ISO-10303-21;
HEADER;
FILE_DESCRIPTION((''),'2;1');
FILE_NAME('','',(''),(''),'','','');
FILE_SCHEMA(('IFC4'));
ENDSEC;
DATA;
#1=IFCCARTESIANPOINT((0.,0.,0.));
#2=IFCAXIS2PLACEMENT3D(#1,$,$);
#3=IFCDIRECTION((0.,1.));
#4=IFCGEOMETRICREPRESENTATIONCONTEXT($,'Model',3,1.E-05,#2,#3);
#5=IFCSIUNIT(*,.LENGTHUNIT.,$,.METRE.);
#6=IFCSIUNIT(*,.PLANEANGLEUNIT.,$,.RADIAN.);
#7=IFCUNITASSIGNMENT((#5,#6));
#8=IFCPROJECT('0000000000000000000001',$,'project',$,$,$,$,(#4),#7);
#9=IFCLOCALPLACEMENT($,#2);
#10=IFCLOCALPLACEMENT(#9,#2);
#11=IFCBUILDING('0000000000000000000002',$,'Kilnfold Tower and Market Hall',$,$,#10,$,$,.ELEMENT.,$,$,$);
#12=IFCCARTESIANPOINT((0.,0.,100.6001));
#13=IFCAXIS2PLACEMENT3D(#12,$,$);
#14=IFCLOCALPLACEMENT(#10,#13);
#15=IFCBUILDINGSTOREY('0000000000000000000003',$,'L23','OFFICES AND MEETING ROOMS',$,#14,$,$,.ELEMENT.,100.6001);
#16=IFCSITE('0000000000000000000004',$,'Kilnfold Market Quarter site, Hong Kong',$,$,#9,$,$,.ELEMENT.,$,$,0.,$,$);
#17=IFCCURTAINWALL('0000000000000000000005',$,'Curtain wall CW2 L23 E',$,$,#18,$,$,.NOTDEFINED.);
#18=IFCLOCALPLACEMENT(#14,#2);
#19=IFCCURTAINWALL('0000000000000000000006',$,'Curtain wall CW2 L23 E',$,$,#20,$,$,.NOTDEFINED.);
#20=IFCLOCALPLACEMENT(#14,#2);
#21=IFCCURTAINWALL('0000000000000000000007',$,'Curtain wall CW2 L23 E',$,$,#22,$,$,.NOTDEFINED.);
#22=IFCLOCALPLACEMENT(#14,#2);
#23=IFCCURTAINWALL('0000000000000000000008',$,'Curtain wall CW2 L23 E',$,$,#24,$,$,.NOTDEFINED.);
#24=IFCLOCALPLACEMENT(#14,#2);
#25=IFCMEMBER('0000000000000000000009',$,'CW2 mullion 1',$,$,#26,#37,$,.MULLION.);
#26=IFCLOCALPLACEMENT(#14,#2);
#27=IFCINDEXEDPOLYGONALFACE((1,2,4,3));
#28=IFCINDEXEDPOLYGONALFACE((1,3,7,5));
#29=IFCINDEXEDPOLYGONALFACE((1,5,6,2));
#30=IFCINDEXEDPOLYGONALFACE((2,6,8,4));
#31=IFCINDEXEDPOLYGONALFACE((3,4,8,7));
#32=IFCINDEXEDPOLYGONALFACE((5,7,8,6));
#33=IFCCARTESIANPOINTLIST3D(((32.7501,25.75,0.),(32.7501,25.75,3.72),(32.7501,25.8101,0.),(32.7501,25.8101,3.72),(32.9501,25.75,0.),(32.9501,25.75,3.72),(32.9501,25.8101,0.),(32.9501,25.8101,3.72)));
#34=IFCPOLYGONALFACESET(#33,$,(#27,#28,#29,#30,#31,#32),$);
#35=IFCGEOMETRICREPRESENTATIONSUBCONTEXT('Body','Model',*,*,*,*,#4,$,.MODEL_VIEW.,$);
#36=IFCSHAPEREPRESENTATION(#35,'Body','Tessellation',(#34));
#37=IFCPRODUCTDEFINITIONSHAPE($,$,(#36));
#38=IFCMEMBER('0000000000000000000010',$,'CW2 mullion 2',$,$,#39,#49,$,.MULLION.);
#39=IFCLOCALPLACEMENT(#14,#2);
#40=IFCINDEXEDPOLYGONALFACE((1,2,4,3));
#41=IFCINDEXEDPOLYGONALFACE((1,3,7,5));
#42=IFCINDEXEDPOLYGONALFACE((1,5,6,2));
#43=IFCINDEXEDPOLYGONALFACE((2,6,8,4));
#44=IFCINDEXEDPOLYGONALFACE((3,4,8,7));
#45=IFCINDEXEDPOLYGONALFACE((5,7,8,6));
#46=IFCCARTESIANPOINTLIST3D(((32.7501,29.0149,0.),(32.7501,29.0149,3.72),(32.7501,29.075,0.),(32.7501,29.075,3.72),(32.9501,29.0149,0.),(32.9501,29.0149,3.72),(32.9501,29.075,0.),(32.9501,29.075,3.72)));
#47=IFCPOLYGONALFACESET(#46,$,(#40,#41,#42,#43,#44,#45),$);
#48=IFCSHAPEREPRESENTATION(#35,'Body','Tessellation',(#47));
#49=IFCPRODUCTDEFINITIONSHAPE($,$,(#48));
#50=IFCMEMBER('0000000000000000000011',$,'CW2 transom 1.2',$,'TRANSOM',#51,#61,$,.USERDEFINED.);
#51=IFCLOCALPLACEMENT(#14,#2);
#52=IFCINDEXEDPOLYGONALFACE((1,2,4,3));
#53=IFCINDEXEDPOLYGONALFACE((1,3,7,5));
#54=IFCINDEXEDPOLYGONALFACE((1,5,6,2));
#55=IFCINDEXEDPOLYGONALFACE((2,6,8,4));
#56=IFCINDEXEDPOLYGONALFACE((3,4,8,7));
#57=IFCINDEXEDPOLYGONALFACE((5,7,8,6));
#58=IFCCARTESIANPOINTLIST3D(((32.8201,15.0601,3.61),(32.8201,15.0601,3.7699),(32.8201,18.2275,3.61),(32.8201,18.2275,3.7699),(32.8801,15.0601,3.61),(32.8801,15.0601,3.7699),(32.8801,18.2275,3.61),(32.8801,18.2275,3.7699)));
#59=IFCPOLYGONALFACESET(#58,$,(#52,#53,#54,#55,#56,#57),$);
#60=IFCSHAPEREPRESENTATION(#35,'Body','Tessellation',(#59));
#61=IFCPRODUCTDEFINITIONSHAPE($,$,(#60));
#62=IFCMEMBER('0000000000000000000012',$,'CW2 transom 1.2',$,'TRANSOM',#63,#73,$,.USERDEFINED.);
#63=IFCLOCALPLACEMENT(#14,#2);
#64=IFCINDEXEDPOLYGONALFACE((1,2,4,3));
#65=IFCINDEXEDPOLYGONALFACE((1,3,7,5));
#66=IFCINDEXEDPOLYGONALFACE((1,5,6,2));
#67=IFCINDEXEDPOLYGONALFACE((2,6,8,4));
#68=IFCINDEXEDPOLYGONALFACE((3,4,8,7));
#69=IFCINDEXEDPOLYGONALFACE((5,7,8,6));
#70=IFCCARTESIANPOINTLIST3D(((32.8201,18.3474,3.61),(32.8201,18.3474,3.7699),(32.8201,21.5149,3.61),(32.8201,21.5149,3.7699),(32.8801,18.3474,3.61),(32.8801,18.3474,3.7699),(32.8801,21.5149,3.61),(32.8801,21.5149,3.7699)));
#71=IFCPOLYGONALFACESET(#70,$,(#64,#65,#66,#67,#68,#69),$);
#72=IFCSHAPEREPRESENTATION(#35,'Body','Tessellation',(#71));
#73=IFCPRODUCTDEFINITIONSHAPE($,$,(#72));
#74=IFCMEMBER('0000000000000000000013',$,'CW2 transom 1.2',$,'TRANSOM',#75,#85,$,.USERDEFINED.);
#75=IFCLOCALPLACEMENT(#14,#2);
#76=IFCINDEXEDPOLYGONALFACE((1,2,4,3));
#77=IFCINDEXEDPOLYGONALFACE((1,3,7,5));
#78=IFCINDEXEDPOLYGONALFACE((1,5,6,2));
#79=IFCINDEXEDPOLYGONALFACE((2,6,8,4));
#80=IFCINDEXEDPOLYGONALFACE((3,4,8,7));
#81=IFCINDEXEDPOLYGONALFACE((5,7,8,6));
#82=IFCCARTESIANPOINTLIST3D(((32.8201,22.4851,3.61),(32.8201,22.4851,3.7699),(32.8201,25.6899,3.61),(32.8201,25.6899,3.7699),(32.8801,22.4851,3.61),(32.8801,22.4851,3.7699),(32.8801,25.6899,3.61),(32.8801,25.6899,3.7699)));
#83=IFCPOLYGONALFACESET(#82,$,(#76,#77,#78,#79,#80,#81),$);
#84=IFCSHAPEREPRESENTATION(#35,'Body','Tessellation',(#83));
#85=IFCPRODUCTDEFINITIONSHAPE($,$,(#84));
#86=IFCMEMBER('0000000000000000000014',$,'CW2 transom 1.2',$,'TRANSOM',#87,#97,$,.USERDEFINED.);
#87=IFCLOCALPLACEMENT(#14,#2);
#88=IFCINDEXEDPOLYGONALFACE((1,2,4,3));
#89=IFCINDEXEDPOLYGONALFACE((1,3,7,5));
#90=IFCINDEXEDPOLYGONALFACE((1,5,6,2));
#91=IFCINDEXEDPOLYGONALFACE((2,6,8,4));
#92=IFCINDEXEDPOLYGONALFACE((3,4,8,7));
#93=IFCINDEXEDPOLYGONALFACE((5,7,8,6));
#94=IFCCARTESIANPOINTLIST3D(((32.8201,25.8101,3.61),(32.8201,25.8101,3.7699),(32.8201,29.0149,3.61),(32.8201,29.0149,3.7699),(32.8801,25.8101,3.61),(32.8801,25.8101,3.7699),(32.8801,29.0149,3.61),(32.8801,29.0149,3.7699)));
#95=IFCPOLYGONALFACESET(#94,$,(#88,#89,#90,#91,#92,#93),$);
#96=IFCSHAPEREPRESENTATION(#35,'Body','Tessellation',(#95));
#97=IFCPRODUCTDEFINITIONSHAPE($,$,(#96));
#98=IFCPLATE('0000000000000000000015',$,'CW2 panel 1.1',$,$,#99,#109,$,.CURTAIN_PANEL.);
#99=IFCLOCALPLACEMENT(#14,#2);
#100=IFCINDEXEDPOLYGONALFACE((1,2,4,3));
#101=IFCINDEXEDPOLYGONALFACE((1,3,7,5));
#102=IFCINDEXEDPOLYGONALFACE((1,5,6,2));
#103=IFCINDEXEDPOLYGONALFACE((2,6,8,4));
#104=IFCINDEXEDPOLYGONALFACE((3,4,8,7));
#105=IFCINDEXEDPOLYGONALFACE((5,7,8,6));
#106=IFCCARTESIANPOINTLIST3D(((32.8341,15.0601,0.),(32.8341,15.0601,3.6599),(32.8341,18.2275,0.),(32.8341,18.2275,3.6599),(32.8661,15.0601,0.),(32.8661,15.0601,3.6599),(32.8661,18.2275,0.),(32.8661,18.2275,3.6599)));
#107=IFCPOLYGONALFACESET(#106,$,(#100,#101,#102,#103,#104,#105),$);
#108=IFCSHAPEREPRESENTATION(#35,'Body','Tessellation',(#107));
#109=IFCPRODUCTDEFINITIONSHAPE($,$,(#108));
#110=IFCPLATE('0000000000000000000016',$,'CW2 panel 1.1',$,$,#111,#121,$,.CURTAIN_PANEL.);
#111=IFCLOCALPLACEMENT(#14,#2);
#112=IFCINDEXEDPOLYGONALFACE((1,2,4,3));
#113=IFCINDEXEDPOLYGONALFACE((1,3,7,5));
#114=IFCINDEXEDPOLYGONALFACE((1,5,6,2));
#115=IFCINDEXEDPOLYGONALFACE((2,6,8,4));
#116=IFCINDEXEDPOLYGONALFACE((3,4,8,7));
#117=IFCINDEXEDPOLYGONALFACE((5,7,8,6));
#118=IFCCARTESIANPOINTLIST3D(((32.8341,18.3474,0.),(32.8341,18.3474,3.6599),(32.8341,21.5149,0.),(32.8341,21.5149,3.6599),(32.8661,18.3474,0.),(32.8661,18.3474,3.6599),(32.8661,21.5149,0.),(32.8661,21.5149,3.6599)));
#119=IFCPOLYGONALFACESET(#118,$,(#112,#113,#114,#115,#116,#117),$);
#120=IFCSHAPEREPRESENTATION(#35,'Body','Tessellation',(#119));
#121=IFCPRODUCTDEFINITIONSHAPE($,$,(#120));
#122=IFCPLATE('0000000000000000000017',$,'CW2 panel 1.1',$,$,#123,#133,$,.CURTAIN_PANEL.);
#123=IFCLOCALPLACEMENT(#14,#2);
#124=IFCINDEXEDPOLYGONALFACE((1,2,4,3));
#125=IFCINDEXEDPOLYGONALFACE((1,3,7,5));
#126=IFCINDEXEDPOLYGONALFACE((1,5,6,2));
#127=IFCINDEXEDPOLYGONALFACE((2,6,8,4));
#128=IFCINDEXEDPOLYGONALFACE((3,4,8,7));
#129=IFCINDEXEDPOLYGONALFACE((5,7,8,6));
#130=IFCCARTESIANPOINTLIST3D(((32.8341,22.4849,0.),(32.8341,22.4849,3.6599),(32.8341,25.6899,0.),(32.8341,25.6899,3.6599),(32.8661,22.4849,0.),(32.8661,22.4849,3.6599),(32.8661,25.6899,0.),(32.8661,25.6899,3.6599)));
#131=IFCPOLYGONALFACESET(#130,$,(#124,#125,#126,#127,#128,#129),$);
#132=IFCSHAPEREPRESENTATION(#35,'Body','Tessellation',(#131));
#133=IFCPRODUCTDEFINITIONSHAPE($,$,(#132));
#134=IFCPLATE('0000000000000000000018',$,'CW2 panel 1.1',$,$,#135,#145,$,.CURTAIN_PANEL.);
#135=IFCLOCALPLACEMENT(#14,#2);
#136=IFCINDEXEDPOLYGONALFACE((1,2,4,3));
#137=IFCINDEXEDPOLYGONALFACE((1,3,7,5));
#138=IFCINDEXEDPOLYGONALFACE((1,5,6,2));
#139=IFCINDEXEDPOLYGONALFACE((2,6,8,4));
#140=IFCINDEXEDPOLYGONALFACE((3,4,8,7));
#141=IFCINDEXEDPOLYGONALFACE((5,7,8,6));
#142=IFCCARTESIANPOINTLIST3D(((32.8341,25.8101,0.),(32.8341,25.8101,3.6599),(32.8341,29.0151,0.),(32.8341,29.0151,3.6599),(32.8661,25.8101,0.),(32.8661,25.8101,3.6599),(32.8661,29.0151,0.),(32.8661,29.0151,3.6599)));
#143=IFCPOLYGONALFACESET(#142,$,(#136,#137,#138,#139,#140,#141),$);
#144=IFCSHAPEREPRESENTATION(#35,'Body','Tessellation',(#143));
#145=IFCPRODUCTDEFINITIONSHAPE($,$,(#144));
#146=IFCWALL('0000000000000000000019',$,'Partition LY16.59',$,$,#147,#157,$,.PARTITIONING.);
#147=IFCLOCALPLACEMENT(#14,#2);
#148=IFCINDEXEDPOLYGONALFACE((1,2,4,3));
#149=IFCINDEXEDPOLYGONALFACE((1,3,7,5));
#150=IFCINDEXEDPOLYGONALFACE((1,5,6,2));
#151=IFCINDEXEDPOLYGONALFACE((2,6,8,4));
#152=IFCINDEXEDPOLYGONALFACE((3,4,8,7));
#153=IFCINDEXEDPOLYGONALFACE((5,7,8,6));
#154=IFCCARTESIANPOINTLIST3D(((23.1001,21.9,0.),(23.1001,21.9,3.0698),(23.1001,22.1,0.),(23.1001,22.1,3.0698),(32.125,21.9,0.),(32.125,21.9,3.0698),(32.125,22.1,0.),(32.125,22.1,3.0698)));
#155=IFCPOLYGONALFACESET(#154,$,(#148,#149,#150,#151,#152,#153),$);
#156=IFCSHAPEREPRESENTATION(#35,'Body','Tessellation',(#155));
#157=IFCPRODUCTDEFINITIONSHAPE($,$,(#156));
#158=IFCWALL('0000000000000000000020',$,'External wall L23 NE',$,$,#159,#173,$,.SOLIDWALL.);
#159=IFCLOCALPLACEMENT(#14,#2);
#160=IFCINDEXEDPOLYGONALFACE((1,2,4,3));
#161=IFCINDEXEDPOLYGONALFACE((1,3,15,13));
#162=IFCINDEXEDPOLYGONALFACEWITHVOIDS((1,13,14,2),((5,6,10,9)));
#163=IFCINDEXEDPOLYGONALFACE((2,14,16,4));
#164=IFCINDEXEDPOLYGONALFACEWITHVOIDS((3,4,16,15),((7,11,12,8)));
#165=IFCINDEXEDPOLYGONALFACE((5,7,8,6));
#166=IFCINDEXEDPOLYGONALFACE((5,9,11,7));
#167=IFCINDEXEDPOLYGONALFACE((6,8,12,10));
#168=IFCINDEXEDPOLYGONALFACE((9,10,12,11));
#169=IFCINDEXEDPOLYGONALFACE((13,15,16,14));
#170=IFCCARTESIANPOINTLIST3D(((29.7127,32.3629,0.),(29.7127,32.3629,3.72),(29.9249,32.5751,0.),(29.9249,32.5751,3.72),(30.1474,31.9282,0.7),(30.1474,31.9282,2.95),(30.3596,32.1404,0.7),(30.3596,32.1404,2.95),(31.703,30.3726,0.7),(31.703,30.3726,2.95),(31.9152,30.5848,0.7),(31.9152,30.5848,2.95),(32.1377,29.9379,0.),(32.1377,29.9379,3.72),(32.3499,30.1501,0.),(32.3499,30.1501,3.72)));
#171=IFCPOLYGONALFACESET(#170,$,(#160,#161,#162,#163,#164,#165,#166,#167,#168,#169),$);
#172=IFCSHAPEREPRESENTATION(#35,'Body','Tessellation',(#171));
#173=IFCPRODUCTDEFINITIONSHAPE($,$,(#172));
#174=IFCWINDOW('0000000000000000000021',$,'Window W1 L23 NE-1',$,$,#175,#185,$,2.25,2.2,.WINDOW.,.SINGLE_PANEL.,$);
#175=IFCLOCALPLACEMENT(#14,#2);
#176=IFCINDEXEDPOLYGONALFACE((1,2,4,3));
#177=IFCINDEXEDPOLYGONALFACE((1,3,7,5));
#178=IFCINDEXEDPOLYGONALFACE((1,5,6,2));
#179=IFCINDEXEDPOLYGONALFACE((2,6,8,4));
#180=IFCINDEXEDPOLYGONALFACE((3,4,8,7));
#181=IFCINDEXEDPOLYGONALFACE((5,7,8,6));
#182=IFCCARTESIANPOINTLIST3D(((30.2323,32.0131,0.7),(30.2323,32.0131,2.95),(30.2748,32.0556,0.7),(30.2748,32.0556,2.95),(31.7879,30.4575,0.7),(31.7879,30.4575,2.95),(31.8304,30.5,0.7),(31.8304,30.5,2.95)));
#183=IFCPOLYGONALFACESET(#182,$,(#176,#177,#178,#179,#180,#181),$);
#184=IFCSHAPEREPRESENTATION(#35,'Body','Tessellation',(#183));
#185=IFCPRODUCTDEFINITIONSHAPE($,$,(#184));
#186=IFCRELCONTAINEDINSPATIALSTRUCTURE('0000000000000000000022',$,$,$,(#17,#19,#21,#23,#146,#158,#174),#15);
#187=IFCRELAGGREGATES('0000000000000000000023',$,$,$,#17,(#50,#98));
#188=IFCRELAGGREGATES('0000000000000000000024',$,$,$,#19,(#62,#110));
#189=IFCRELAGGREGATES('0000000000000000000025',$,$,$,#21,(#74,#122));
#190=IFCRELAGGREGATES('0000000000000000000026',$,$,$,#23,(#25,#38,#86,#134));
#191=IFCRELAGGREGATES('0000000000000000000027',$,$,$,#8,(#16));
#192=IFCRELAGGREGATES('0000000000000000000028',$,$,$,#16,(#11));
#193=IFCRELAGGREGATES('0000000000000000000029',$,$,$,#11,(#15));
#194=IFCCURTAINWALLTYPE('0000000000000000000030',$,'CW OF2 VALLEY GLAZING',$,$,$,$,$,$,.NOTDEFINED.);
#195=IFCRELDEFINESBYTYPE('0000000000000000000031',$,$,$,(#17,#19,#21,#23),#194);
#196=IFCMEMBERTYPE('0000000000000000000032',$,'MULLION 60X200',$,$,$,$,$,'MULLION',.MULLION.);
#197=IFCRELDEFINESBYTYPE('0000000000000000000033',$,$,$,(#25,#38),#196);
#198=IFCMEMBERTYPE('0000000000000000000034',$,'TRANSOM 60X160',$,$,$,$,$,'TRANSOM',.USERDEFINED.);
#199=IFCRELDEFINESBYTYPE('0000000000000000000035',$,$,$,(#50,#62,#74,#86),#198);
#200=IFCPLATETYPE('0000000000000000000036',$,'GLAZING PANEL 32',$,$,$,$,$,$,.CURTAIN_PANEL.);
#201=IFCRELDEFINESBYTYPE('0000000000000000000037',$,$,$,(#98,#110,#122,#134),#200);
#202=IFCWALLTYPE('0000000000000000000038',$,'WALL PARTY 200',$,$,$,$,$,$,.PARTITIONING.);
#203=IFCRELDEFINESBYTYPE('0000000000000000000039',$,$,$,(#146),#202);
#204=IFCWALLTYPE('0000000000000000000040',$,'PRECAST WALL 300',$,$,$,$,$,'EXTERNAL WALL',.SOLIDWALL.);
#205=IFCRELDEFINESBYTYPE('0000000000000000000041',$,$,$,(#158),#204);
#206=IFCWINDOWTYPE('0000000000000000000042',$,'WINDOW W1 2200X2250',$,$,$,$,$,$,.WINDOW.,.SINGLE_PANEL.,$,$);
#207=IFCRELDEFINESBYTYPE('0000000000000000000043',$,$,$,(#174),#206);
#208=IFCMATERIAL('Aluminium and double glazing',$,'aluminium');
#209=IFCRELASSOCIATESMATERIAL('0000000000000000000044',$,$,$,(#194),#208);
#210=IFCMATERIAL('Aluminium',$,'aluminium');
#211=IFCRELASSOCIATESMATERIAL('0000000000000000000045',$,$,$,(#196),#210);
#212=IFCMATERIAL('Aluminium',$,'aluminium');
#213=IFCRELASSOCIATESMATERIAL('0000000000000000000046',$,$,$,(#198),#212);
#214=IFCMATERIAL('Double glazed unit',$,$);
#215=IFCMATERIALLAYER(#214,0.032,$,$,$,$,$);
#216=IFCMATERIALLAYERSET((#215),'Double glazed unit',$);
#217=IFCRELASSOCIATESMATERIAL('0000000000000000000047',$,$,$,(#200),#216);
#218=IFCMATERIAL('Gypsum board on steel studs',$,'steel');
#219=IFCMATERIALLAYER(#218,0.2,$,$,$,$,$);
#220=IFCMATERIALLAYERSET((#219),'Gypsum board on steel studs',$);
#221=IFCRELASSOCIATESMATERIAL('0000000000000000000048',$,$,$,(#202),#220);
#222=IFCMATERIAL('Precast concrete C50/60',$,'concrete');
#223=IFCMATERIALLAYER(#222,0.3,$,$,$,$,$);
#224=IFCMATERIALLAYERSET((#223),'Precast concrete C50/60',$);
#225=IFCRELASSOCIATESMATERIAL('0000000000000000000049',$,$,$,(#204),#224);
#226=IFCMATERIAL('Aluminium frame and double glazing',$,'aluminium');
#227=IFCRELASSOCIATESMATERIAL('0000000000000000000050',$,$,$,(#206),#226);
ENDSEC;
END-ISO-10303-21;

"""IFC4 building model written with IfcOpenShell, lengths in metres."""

from ifc_helpers import new_model, si_unit, direction, frame, frame_2d, origin, origin_2d, place, context, subcontext, project, spatial, rectangle, extrude, source, transform, mapped, material, layer, layer_set, material_profile, profile_set, type_object, element, fill, aggregate, save


model = new_model("IFC4")

# Units and contexts
model_context = context("Model", 3, precision=1e-05, world=origin(), true_north=direction((0.0, 1.0)))
body_context = subcontext(model_context, "Body", "Model", "MODEL_VIEW")
ifc_project = project(units=[si_unit("LENGTHUNIT", "METRE"), si_unit("PLANEANGLEUNIT", "RADIAN")], contexts=[model_context])

# Site, building, storey
site_placement = place(None, origin())
site = spatial("IfcSite", under=ifc_project, at=site_placement, Name="Kilnfold Market Quarter site, Hong Kong", CompositionType="ELEMENT", RefElevation=0.0)
building_placement = place(site_placement, origin())
building = spatial("IfcBuilding", under=site, at=building_placement, Name="Kilnfold Tower and Market Hall", CompositionType="ELEMENT")
storey_placement = place(building_placement, frame((0.0, 0.0, 100.6001)))
storey = spatial("IfcBuildingStorey", under=building, at=storey_placement, Name="L23", Description="OFFICES AND MEETING ROOMS", CompositionType="ELEMENT", Elevation=100.6001)

# Shared definitions
ifc_material_1 = material(Name="Aluminium and double glazing", Category="aluminium")
curtain_wall_type = type_object("IfcCurtainWallType", Name="CW OF2 VALLEY GLAZING", PredefinedType="NOTDEFINED", material=ifc_material_1)
ifc_material_2 = material(Name="Aluminium", Category="aluminium")
ifc_material_profile_1 = material_profile(ifc_material_2, rectangle(XDim=0.0601, YDim=0.2, at=origin_2d()), Name="MULLION 60x200")
ifc_profile_set_1 = profile_set([ifc_material_profile_1], Name="Aluminium")
member_type_1 = type_object("IfcMemberType", Name="MULLION 60X200", ElementType="MULLION", PredefinedType="MULLION", material=ifc_profile_set_1)
shared_shape_1 = source(origin(), body_context, "Body", "SweptSolid", [
    extrude(rectangle(XDim=0.0601, YDim=0.2, at=origin_2d()), origin(), (0.0, 0.0, 1.0), 3.72),
])

# Curtain walls, members
curtain_wall_1_placement = place(storey_placement, origin())
curtain_wall_1 = element("IfcCurtainWall", 1, at=curtain_wall_1_placement, inside=storey, type_object=curtain_wall_type, Name="Curtain wall CW2 L23 E", PredefinedType="NOTDEFINED")
curtain_wall_2_placement = place(storey_placement, origin())
curtain_wall_2 = element("IfcCurtainWall", 2, at=curtain_wall_2_placement, inside=storey, type_object=curtain_wall_type, Name="Curtain wall CW2 L23 E", PredefinedType="NOTDEFINED")
curtain_wall_3_placement = place(storey_placement, origin())
curtain_wall_3 = element("IfcCurtainWall", 3, at=curtain_wall_3_placement, inside=storey, type_object=curtain_wall_type, Name="Curtain wall CW2 L23 E", PredefinedType="NOTDEFINED")
curtain_wall_4_placement = place(storey_placement, origin())
curtain_wall_4 = element("IfcCurtainWall", 4, at=curtain_wall_4_placement, inside=storey, type_object=curtain_wall_type, Name="Curtain wall CW2 L23 E", PredefinedType="NOTDEFINED")
member_1_placement = place(storey_placement, frame((32.8501, 25.78, 0.0), z_axis=(0.0, 0.0, 1.0), x_axis=(0.0, 1.0, 0.0)))
member_1 = element("IfcMember", 5, at=member_1_placement, type_object=member_type_1, Name="CW2 mullion 1", PredefinedType="MULLION", context=body_context, shape_type="MappedRepresentation", body=[
    mapped(shared_shape_1, transform((0.0, 0.0, 0.0))),
])
member_2_placement = place(storey_placement, frame((32.8501, 29.0449, 0.0), z_axis=(0.0, 0.0, 1.0), x_axis=(0.0, 1.0, 0.0)))
member_2 = element("IfcMember", 6, at=member_2_placement, type_object=member_type_1, Name="CW2 mullion 2", PredefinedType="MULLION", context=body_context, shape_type="MappedRepresentation", body=[
    mapped(shared_shape_1, transform((0.0, 0.0, 0.0))),
])

# Members
ifc_material_3 = material(Name="Aluminium", Category="aluminium")
ifc_material_profile_2 = material_profile(ifc_material_3, rectangle(XDim=0.0601, YDim=0.1599, at=origin_2d()), Name="TRANSOM 60x160")
ifc_profile_set_2 = profile_set([ifc_material_profile_2], Name="Aluminium")
member_type_2 = type_object("IfcMemberType", Name="TRANSOM 60X160", ElementType="TRANSOM", PredefinedType="USERDEFINED", material=ifc_profile_set_2)
shared_shape_2 = source(origin(), body_context, "Body", "SweptSolid", [
    extrude(rectangle(XDim=0.0601, YDim=0.1599, at=origin_2d()), origin(), (0.0, 0.0, 1.0), 3.1675),
])
member_3_placement = place(storey_placement, frame((32.8501, 15.0601, 3.6899), z_axis=(0.0, 1.0, 0.0), x_axis=(-1.0, 0.0, 0.0)))
member_3 = element("IfcMember", 7, at=member_3_placement, type_object=member_type_2, Name="CW2 transom 1.2", ObjectType="TRANSOM", PredefinedType="USERDEFINED", context=body_context, shape_type="MappedRepresentation", body=[
    mapped(shared_shape_2, transform((0.0, 0.0, 0.0))),
])
member_4_placement = place(storey_placement, frame((32.8501, 18.3474, 3.6899), z_axis=(0.0, 1.0, 0.0), x_axis=(-1.0, 0.0, 0.0)))
member_4 = element("IfcMember", 8, at=member_4_placement, type_object=member_type_2, Name="CW2 transom 1.2", ObjectType="TRANSOM", PredefinedType="USERDEFINED", context=body_context, shape_type="MappedRepresentation", body=[
    mapped(shared_shape_2, transform((0.0, 0.0, 0.0))),
])
shared_shape_3 = source(origin(), body_context, "Body", "SweptSolid", [
    extrude(rectangle(XDim=0.0601, YDim=0.1599, at=origin_2d()), origin(), (0.0, 0.0, 1.0), 3.2048),
])
member_5_placement = place(storey_placement, frame((32.8501, 22.4851, 3.6899), z_axis=(0.0, 1.0, 0.0), x_axis=(-1.0, 0.0, 0.0)))
member_5 = element("IfcMember", 9, at=member_5_placement, type_object=member_type_2, Name="CW2 transom 1.2", ObjectType="TRANSOM", PredefinedType="USERDEFINED", context=body_context, shape_type="MappedRepresentation", body=[
    mapped(shared_shape_3, transform((0.0, 0.0, 0.0))),
])
member_6_placement = place(storey_placement, frame((32.8501, 25.8101, 3.6899), z_axis=(0.0, 1.0, 0.0), x_axis=(-1.0, 0.0, 0.0)))
member_6 = element("IfcMember", 10, at=member_6_placement, type_object=member_type_2, Name="CW2 transom 1.2", ObjectType="TRANSOM", PredefinedType="USERDEFINED", context=body_context, shape_type="MappedRepresentation", body=[
    mapped(shared_shape_3, transform((0.0, 0.0, 0.0))),
])

# Plates
ifc_material_4 = material(Name="Double glazed unit")
ifc_layer_1 = layer(ifc_material_4, 0.032)
ifc_layer_set_1 = layer_set([ifc_layer_1], Name="Double glazed unit")
plate_type = type_object("IfcPlateType", Name="GLAZING PANEL 32", PredefinedType="CURTAIN_PANEL", material=ifc_layer_set_1)
shared_shape_4 = source(origin(), body_context, "Body", "SweptSolid", [
    extrude(rectangle(XDim=3.1675, YDim=0.032, at=origin_2d()), origin(), (0.0, 0.0, 1.0), 3.6599),
])
plate_1_placement = place(storey_placement, frame((32.8501, 16.6438, 0.0), z_axis=(0.0, 0.0, 1.0), x_axis=(0.0, 1.0, 0.0)))
plate_1 = element("IfcPlate", 11, at=plate_1_placement, type_object=plate_type, Name="CW2 panel 1.1", PredefinedType="CURTAIN_PANEL", context=body_context, shape_type="MappedRepresentation", body=[
    mapped(shared_shape_4, transform((0.0, 0.0, 0.0))),
])
aggregate(curtain_wall_1, [member_3, plate_1])
plate_2_placement = place(storey_placement, frame((32.8501, 19.9312, 0.0), z_axis=(0.0, 0.0, 1.0), x_axis=(0.0, 1.0, 0.0)))
plate_2 = element("IfcPlate", 12, at=plate_2_placement, type_object=plate_type, Name="CW2 panel 1.1", PredefinedType="CURTAIN_PANEL", context=body_context, shape_type="MappedRepresentation", body=[
    mapped(shared_shape_4, transform((0.0, 0.0, 0.0))),
])
aggregate(curtain_wall_2, [member_4, plate_2])
shared_shape_5 = source(origin(), body_context, "Body", "SweptSolid", [
    extrude(rectangle(XDim=3.2051, YDim=0.032, at=origin_2d()), origin(), (0.0, 0.0, 1.0), 3.6599),
])
plate_3_placement = place(storey_placement, frame((32.8501, 24.0874, 0.0), z_axis=(0.0, 0.0, 1.0), x_axis=(0.0, 1.0, 0.0)))
plate_3 = element("IfcPlate", 13, at=plate_3_placement, type_object=plate_type, Name="CW2 panel 1.1", PredefinedType="CURTAIN_PANEL", context=body_context, shape_type="MappedRepresentation", body=[
    mapped(shared_shape_5, transform((0.0, 0.0, 0.0))),
])
aggregate(curtain_wall_3, [member_5, plate_3])
plate_4_placement = place(storey_placement, frame((32.8501, 27.4126, 0.0), z_axis=(0.0, 0.0, 1.0), x_axis=(0.0, 1.0, 0.0)))
plate_4 = element("IfcPlate", 14, at=plate_4_placement, type_object=plate_type, Name="CW2 panel 1.1", PredefinedType="CURTAIN_PANEL", context=body_context, shape_type="MappedRepresentation", body=[
    mapped(shared_shape_5, transform((0.0, 0.0, 0.0))),
])
aggregate(curtain_wall_4, [member_1, member_2, member_6, plate_4])

# Wall
ifc_material_5 = material(Name="Gypsum board on steel studs", Category="steel")
ifc_layer_2 = layer(ifc_material_5, 0.2)
ifc_layer_set_2 = layer_set([ifc_layer_2], Name="Gypsum board on steel studs")
wall_type_1 = type_object("IfcWallType", Name="WALL PARTY 200", PredefinedType="PARTITIONING", material=ifc_layer_set_2)
wall_1_placement = place(storey_placement, frame((23.1001, 22.0, 0.0), z_axis=(0.0, 0.0, 1.0), x_axis=(1.0, 0.0, 0.0)))
element("IfcWall", 15, at=wall_1_placement, inside=storey, type_object=wall_type_1, Name="Partition LY16.59", PredefinedType="PARTITIONING", context=body_context, shape_type="SweptSolid", body=[
    extrude(rectangle(XDim=9.0249, YDim=0.2, at=frame_2d((4.5125, 0.0))), origin(), (0.0, 0.0, 1.0), 3.0698),
])

# Wall, opening, window
ifc_material_6 = material(Name="Precast concrete C50/60", Category="concrete")
ifc_layer_3 = layer(ifc_material_6, 0.3)
ifc_layer_set_3 = layer_set([ifc_layer_3], Name="Precast concrete C50/60")
wall_type_2 = type_object("IfcWallType", Name="PRECAST WALL 300", ElementType="EXTERNAL WALL", PredefinedType="SOLIDWALL", material=ifc_layer_set_3)
shared_shape_6 = source(origin(), body_context, "Body", "SweptSolid", [
    extrude(rectangle(XDim=3.4294, YDim=0.3, at=frame_2d((1.7148, 0.0))), origin(), (0.0, 0.0, 1.0), 3.72),
])
wall_2_placement = place(storey_placement, frame((32.2439, 30.0439, 0.0), z_axis=(0.0, 0.0, 1.0), x_axis=(-0.707107, 0.707107, 0.0)))
wall_2 = element("IfcWall", 16, at=wall_2_placement, inside=storey, type_object=wall_type_2, Name="External wall L23 NE", PredefinedType="SOLIDWALL", context=body_context, shape_type="MappedRepresentation", body=[
    mapped(shared_shape_6, transform((0.0, 0.0, 0.0))),
])
opening_1_placement = place(wall_2_placement, frame((0.6147, 0.0, 0.7)))
opening_1 = element("IfcOpeningElement", 17, at=opening_1_placement, cuts=wall_2, PredefinedType="OPENING", context=body_context, shape_type="SweptSolid", body=[
    extrude(rectangle(XDim=2.2, YDim=2.25, at=frame_2d((1.1001, 1.125))), frame((0.0, 0.1602, 0.0), z_axis=(0.0, -1.0, 0.0), x_axis=(1.0, 0.0, 0.0)), (0.0, 0.0, 1.0), 0.3201),
])
ifc_material_7 = material(Name="Aluminium frame and double glazing", Category="aluminium")
window_type = type_object("IfcWindowType", Name="WINDOW W1 2200X2250", PartitioningType="SINGLE_PANEL", PredefinedType="WINDOW", material=ifc_material_7)
window_1_placement = place(opening_1_placement, origin())
window_1 = element("IfcWindow", 18, at=window_1_placement, inside=storey, type_object=window_type, Name="Window W1 L23 NE-1", OverallHeight=2.25, OverallWidth=2.2, PartitioningType="SINGLE_PANEL", PredefinedType="WINDOW", context=body_context, shape_type="SweptSolid", body=[
    extrude(rectangle(XDim=2.2, YDim=2.25, at=frame_2d((1.1001, 1.125))), frame((0.0, 0.03, 0.0), z_axis=(0.0, -1.0, 0.0), x_axis=(1.0, 0.0, 0.0)), (0.0, 0.0, 1.0), 0.0601),
])
fill(opening_1, window_1)

save(model, "model.ifc")
